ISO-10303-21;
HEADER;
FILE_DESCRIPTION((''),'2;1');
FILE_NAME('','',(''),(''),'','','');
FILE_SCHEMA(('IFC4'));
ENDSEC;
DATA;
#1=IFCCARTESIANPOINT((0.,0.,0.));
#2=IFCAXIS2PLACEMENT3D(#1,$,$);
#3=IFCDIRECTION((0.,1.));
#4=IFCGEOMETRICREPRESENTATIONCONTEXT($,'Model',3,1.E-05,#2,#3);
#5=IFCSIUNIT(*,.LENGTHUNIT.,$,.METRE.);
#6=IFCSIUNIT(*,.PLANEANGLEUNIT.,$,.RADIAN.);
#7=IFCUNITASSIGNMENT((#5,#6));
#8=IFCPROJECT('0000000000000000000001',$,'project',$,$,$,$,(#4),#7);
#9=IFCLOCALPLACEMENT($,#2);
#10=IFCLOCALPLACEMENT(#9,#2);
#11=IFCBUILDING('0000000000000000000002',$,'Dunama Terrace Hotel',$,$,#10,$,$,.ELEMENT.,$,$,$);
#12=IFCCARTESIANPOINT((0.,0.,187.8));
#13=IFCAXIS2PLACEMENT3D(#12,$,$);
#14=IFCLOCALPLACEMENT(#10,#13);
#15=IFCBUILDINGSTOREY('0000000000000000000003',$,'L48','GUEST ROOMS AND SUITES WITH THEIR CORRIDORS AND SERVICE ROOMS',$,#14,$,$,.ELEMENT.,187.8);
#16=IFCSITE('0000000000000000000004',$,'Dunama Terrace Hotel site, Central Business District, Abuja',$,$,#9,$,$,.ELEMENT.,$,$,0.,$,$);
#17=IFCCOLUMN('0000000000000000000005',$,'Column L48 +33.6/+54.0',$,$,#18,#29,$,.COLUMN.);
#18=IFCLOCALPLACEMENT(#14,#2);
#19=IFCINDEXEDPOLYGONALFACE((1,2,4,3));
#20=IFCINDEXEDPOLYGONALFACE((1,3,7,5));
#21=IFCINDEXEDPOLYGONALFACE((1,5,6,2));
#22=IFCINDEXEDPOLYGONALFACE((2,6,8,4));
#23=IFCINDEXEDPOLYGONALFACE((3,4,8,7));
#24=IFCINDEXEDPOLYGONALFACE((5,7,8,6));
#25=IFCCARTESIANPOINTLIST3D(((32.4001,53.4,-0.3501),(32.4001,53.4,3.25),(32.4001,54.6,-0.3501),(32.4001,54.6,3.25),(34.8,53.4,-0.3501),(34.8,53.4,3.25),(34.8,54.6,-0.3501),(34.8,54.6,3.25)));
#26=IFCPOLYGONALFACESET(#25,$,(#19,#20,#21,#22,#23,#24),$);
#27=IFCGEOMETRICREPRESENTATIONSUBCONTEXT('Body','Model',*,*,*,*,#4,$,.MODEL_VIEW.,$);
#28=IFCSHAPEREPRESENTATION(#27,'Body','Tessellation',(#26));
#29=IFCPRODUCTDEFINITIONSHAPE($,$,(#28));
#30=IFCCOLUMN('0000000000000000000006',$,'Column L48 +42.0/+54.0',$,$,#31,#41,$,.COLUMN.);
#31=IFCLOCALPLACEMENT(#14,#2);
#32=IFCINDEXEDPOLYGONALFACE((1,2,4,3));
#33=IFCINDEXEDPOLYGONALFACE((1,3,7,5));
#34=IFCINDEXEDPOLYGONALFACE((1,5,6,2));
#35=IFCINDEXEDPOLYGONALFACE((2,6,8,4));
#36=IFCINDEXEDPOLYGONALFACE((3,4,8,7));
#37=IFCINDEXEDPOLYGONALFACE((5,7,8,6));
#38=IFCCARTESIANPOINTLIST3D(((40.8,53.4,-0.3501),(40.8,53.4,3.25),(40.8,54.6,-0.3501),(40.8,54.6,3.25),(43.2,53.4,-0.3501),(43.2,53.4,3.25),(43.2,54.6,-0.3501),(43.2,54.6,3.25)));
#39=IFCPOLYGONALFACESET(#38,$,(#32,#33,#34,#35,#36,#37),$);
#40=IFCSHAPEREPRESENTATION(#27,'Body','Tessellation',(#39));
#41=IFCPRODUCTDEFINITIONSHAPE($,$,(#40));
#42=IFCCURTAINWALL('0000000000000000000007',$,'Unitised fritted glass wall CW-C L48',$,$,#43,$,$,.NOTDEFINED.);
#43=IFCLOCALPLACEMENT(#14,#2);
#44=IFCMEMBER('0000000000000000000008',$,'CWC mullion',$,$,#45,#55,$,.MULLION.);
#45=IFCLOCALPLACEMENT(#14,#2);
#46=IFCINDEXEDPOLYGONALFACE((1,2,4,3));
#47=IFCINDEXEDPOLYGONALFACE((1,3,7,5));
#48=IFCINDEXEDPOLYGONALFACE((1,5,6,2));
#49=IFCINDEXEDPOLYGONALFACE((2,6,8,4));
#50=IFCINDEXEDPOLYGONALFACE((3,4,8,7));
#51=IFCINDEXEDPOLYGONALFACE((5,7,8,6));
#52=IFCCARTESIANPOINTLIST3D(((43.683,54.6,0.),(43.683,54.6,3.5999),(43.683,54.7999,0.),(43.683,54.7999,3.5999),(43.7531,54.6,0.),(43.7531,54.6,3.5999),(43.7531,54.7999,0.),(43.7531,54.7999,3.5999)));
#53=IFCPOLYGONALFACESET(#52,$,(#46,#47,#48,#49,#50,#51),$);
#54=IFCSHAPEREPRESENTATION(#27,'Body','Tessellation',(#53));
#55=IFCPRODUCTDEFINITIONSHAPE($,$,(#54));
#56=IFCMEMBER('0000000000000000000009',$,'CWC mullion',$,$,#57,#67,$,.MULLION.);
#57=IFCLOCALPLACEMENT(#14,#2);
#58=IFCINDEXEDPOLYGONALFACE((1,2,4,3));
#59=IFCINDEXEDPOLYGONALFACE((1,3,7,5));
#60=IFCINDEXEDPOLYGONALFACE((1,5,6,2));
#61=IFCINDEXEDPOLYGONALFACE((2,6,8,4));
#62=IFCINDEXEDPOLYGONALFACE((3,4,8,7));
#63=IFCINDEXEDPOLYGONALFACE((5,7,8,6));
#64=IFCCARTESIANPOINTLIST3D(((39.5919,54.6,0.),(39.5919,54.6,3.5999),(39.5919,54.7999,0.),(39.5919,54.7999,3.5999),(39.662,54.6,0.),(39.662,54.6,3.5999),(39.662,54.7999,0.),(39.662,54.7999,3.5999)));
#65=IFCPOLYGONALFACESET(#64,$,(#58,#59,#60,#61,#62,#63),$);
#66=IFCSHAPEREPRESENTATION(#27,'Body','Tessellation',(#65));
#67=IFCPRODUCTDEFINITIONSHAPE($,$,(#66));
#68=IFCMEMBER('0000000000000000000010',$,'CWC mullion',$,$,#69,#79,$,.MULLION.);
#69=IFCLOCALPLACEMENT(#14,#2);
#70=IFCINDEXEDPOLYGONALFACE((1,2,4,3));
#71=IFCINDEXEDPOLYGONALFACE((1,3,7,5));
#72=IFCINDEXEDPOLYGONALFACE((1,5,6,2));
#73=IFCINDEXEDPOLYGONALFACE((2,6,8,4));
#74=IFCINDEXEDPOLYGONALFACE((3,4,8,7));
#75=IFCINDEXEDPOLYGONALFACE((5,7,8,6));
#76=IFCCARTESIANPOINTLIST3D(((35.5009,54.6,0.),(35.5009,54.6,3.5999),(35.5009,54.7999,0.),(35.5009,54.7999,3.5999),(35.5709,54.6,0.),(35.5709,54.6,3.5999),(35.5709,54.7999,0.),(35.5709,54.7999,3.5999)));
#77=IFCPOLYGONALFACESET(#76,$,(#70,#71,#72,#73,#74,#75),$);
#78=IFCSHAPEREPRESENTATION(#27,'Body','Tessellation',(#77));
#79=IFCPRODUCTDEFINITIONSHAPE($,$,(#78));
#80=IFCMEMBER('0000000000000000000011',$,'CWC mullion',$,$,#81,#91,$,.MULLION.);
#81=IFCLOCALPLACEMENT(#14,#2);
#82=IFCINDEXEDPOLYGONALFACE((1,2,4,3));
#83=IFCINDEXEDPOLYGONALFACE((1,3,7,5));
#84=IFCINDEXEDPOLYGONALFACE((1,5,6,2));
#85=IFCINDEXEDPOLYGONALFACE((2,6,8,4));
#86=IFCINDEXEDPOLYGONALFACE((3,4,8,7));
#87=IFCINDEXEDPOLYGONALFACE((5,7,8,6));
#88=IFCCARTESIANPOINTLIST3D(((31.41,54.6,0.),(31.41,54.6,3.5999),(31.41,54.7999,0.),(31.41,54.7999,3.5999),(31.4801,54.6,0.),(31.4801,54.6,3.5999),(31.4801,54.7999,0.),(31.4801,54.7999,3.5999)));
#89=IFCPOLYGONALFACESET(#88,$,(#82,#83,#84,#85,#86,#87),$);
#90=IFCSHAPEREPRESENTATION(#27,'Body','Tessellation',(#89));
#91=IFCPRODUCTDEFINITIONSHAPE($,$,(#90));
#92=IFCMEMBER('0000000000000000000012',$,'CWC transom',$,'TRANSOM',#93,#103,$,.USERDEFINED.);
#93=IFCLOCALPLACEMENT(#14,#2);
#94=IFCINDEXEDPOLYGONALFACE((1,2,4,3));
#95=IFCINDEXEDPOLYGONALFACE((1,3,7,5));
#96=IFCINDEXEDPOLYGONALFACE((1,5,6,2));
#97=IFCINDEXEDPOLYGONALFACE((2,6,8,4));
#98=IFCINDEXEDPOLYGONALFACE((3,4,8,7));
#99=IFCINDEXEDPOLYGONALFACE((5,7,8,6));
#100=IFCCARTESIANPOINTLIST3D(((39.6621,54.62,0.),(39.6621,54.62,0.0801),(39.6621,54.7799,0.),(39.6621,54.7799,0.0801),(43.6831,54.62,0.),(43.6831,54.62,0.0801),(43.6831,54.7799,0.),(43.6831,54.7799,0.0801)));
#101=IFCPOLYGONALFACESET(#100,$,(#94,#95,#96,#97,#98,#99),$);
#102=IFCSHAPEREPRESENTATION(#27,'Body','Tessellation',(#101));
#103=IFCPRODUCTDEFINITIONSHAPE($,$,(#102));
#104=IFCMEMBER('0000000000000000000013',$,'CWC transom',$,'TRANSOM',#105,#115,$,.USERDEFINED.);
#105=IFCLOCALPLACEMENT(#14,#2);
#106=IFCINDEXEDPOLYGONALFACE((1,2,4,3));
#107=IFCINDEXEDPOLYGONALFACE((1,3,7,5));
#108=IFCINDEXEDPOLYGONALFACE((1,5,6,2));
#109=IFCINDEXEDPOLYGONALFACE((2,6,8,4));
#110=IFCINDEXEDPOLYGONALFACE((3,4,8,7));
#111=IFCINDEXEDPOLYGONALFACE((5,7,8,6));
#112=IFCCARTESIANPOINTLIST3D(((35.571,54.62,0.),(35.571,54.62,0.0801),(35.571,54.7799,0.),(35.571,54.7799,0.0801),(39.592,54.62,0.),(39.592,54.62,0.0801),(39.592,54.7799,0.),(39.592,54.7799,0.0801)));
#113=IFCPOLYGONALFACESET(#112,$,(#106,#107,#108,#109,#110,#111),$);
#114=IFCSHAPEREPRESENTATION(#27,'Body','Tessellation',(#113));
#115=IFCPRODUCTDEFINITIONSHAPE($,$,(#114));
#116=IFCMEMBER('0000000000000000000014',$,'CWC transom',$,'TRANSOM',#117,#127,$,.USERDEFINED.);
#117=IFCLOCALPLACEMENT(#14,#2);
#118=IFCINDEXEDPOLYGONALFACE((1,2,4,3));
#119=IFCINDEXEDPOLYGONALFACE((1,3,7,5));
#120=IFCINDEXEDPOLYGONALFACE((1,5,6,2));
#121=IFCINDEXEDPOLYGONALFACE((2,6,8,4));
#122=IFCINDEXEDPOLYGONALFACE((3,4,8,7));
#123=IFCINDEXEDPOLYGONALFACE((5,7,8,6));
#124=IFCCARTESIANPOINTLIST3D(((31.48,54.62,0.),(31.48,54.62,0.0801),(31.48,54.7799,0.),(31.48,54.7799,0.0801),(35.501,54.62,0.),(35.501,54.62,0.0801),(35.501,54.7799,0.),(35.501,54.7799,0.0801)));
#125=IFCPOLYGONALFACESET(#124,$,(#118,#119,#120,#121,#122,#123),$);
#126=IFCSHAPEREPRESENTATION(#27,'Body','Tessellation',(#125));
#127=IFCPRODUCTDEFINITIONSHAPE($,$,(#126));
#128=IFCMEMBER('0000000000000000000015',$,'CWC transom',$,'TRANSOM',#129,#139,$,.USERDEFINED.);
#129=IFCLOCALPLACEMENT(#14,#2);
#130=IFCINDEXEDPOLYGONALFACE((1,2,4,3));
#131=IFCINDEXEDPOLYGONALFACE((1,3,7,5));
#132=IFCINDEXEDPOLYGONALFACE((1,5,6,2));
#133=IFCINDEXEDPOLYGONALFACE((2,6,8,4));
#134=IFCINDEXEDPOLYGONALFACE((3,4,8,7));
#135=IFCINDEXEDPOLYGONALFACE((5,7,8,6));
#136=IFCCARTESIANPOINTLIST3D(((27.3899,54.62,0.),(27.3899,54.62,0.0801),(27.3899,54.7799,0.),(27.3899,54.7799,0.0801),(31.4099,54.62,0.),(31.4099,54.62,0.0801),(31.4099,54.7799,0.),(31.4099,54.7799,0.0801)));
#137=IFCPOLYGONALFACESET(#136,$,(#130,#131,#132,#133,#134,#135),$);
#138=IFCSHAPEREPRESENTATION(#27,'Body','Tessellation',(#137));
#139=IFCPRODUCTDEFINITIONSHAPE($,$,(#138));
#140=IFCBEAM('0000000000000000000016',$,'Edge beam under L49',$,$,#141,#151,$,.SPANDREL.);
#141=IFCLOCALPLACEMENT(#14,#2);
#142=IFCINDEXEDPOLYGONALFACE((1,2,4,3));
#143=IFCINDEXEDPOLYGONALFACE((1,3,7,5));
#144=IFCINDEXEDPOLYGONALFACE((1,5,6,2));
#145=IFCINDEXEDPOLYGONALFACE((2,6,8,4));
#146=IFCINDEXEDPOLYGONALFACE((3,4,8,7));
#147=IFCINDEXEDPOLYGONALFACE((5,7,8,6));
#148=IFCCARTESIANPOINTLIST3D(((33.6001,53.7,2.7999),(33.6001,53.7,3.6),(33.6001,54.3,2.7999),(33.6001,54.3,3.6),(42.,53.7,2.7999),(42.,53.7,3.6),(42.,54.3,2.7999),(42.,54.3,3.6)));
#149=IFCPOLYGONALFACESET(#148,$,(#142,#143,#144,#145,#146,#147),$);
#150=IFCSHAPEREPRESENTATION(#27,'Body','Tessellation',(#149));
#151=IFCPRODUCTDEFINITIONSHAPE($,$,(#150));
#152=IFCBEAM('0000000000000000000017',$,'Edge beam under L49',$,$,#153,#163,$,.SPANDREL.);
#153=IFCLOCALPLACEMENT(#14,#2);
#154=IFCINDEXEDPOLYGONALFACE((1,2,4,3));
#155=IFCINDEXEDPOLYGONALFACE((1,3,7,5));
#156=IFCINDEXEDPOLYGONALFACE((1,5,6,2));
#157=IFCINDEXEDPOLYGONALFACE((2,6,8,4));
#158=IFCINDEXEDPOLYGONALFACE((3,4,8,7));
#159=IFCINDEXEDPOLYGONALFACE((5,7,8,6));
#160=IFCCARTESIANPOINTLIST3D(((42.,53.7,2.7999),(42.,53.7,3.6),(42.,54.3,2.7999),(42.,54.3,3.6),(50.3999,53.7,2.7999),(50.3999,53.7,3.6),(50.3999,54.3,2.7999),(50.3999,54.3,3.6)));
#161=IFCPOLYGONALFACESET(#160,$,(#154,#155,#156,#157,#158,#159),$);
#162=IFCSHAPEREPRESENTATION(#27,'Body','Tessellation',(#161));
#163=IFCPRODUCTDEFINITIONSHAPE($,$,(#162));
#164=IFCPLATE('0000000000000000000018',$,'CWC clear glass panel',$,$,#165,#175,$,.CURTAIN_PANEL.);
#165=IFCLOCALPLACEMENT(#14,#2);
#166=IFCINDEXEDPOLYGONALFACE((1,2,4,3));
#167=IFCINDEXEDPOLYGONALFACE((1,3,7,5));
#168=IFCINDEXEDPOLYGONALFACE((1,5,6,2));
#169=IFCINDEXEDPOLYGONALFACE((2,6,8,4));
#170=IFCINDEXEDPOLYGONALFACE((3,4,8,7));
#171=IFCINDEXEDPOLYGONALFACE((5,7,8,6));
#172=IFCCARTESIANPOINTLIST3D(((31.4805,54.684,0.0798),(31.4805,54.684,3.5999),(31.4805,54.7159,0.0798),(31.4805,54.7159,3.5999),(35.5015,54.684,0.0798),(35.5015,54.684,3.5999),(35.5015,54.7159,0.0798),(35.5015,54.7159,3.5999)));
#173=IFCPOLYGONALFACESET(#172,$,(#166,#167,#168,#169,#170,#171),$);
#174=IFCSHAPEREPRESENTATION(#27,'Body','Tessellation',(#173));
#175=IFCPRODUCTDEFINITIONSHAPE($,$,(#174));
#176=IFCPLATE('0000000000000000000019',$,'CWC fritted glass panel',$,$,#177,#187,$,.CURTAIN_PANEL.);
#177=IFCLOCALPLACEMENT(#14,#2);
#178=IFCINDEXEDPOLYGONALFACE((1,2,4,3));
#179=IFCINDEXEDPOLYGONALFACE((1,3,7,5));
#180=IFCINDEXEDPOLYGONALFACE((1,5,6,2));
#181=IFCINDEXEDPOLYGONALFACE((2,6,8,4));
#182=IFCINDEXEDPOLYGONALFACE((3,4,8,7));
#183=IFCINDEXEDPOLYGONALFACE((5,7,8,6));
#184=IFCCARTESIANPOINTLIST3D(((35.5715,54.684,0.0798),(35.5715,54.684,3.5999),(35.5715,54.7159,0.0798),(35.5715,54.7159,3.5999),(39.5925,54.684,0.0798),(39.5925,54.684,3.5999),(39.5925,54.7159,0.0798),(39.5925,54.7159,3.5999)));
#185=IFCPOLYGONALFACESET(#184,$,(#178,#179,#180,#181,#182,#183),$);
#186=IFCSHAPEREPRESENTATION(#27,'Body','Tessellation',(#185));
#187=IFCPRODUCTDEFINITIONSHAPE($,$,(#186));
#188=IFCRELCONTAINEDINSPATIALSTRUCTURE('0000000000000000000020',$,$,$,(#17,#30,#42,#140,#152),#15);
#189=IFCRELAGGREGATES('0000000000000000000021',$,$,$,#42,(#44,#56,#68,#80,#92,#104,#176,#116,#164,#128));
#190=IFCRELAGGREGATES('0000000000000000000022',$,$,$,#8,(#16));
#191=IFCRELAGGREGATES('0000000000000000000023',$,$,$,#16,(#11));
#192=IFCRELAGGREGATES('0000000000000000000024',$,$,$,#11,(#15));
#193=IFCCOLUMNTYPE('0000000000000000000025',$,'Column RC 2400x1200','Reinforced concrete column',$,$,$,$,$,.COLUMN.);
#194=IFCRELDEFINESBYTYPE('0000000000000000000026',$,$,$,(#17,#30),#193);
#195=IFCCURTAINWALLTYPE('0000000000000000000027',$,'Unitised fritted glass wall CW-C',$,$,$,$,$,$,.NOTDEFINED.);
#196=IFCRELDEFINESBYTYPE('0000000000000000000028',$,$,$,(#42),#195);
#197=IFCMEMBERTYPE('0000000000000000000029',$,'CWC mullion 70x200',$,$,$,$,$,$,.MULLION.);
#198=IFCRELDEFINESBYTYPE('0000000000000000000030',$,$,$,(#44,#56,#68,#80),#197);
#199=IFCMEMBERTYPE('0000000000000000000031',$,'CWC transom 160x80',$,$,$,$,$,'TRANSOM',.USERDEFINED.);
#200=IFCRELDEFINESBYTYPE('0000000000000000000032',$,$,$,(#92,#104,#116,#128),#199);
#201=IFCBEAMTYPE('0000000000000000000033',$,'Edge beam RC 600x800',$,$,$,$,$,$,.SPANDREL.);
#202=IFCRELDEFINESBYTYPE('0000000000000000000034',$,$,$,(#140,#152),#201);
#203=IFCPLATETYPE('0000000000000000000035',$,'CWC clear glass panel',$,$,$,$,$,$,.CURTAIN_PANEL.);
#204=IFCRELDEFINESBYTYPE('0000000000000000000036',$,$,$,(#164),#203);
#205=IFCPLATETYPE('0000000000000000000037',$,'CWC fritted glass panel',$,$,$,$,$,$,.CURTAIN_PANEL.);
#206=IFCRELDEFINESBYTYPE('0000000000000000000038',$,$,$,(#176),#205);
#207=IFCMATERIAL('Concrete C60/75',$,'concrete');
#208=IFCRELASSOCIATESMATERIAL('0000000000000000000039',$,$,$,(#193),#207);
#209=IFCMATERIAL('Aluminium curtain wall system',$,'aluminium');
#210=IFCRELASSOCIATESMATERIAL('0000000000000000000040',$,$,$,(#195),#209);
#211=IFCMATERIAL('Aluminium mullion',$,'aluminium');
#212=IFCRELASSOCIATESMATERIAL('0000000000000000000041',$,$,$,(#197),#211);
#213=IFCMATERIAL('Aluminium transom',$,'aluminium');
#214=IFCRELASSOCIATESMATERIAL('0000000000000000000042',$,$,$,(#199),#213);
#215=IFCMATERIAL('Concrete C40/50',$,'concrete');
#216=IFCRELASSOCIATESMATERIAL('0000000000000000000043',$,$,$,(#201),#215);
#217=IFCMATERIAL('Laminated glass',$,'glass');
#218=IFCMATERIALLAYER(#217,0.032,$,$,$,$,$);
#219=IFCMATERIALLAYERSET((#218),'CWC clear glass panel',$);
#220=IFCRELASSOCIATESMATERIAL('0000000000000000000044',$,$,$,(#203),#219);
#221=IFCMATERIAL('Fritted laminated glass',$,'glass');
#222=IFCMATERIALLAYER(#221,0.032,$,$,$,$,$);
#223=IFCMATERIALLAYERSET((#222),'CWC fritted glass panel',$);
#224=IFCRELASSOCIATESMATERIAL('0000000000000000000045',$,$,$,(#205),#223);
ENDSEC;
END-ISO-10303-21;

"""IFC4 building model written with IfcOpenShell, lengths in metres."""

from ifc_helpers import new_model, si_unit, direction, frame, origin, origin_2d, place, context, subcontext, project, spatial, rectangle, extrude, material, layer, layer_set, material_profile, profile_set, type_object, element, aggregate, save


model = new_model("IFC4")

# Units and contexts
model_context = context("Model", 3, precision=1e-05, world=origin(), true_north=direction((0.0, 1.0)))
body_context = subcontext(model_context, "Body", "Model", "MODEL_VIEW")
ifc_project = project(units=[si_unit("LENGTHUNIT", "METRE"), si_unit("PLANEANGLEUNIT", "RADIAN")], contexts=[model_context])

# Site, building, storey
site_placement = place(None, origin())
site = spatial("IfcSite", under=ifc_project, at=site_placement, Name="Dunama Terrace Hotel site, Central Business District, Abuja", CompositionType="ELEMENT", RefElevation=0.0)
building_placement = place(site_placement, origin())
building = spatial("IfcBuilding", under=site, at=building_placement, Name="Dunama Terrace Hotel", CompositionType="ELEMENT")
storey_placement = place(building_placement, frame((0.0, 0.0, 187.8)))
storey = spatial("IfcBuildingStorey", under=building, at=storey_placement, Name="L48", Description="GUEST ROOMS AND SUITES WITH THEIR CORRIDORS AND SERVICE ROOMS", CompositionType="ELEMENT", Elevation=187.8)

# Columns
ifc_material_1 = material(Name="Concrete C60/75", Category="concrete")
ifc_material_profile_1 = material_profile(ifc_material_1, rectangle(XDim=2.3999, YDim=1.2, at=origin_2d()), Name="RC 2400x1200")
ifc_profile_set_1 = profile_set([ifc_material_profile_1], Name="Concrete C60/75")
column_type = type_object("IfcColumnType", Name="Column RC 2400x1200", Description="Reinforced concrete column", PredefinedType="COLUMN", material=ifc_profile_set_1)
for number, where, z_axis, x_axis, name in (
    (1, (33.6001, 54.0, -0.3501), (0.0, 0.0, 1.0), (1.0, 0.0, 0.0), "Column L48 +33.6/+54.0"),
    (2, (42.0, 54.0, -0.3501), (0.0, 0.0, 1.0), (1.0, 0.0, 0.0), "Column L48 +42.0/+54.0"),
):
    element("IfcColumn", number, at=place(storey_placement, frame(where, z_axis=z_axis, x_axis=x_axis)), inside=storey, type_object=column_type, Name=name, PredefinedType="COLUMN", context=body_context, shape_type="SweptSolid", body=[
        extrude(rectangle(XDim=2.3999, YDim=1.2, at=origin_2d()), origin(), (0.0, 0.0, 1.0), 3.6001),
    ])

# Curtain wall, members
ifc_material_2 = material(Name="Aluminium curtain wall system", Category="aluminium")
curtain_wall_type = type_object("IfcCurtainWallType", Name="Unitised fritted glass wall CW-C", PredefinedType="NOTDEFINED", material=ifc_material_2)
curtain_wall_placement = place(storey_placement, origin())
curtain_wall = element("IfcCurtainWall", 3, at=curtain_wall_placement, inside=storey, type_object=curtain_wall_type, Name="Unitised fritted glass wall CW-C L48", PredefinedType="NOTDEFINED")
ifc_material_3 = material(Name="Aluminium mullion", Category="aluminium")
ifc_material_profile_2 = material_profile(ifc_material_3, rectangle(XDim=0.0701, YDim=0.2, at=origin_2d()), Name="CWC MULLION 70X200")
ifc_profile_set_2 = profile_set([ifc_material_profile_2], Name="Aluminium mullion")
member_type_1 = type_object("IfcMemberType", Name="CWC mullion 70x200", PredefinedType="MULLION", material=ifc_profile_set_2)
member_1_placement = place(storey_placement, frame((43.718, 54.7, 0.0), z_axis=(0.0, 0.0, 1.0), x_axis=(-1.0, 0.0, 0.0)))
member_1 = element("IfcMember", 4, at=member_1_placement, type_object=member_type_1, Name="CWC mullion", PredefinedType="MULLION", context=body_context, shape_type="SweptSolid", body=[
    extrude(rectangle(XDim=0.0701, YDim=0.2, at=origin_2d()), origin(), (0.0, 0.0, 1.0), 3.5999),
])
member_2_placement = place(storey_placement, frame((39.627, 54.7, 0.0), z_axis=(0.0, 0.0, 1.0), x_axis=(-1.0, 0.0, 0.0)))
member_2 = element("IfcMember", 5, at=member_2_placement, type_object=member_type_1, Name="CWC mullion", PredefinedType="MULLION", context=body_context, shape_type="SweptSolid", body=[
    extrude(rectangle(XDim=0.0701, YDim=0.2, at=origin_2d()), origin(), (0.0, 0.0, 1.0), 3.5999),
])
member_3_placement = place(storey_placement, frame((35.5359, 54.7, 0.0), z_axis=(0.0, 0.0, 1.0), x_axis=(-1.0, 0.0, 0.0)))
member_3 = element("IfcMember", 6, at=member_3_placement, type_object=member_type_1, Name="CWC mullion", PredefinedType="MULLION", context=body_context, shape_type="SweptSolid", body=[
    extrude(rectangle(XDim=0.0701, YDim=0.2, at=origin_2d()), origin(), (0.0, 0.0, 1.0), 3.5999),
])
member_4_placement = place(storey_placement, frame((31.4451, 54.7, 0.0), z_axis=(0.0, 0.0, 1.0), x_axis=(-1.0, 0.0, 0.0)))
member_4 = element("IfcMember", 7, at=member_4_placement, type_object=member_type_1, Name="CWC mullion", PredefinedType="MULLION", context=body_context, shape_type="SweptSolid", body=[
    extrude(rectangle(XDim=0.0701, YDim=0.2, at=origin_2d()), origin(), (0.0, 0.0, 1.0), 3.5999),
])
ifc_material_4 = material(Name="Aluminium transom", Category="aluminium")
ifc_material_profile_3 = material_profile(ifc_material_4, rectangle(XDim=0.1599, YDim=0.0801, at=origin_2d()), Name="CWC TRANSOM 160X80")
ifc_profile_set_3 = profile_set([ifc_material_profile_3], Name="Aluminium transom")
member_type_2 = type_object("IfcMemberType", Name="CWC transom 160x80", ElementType="TRANSOM", PredefinedType="USERDEFINED", material=ifc_profile_set_3)
member_5_placement = place(storey_placement, frame((43.6831, 54.7, 0.04), z_axis=(-1.0, 0.0, 0.0), x_axis=(0.0, -1.0, 0.0)))
member_5 = element("IfcMember", 8, at=member_5_placement, type_object=member_type_2, Name="CWC transom", ObjectType="TRANSOM", PredefinedType="USERDEFINED", context=body_context, shape_type="SweptSolid", body=[
    extrude(rectangle(XDim=0.1599, YDim=0.0801, at=origin_2d()), origin(), (0.0, 0.0, 1.0), 4.021),
])
member_6_placement = place(storey_placement, frame((39.592, 54.7, 0.04), z_axis=(-1.0, 0.0, 0.0), x_axis=(0.0, -1.0, 0.0)))
member_6 = element("IfcMember", 9, at=member_6_placement, type_object=member_type_2, Name="CWC transom", ObjectType="TRANSOM", PredefinedType="USERDEFINED", context=body_context, shape_type="SweptSolid", body=[
    extrude(rectangle(XDim=0.1599, YDim=0.0801, at=origin_2d()), origin(), (0.0, 0.0, 1.0), 4.021),
])
member_7_placement = place(storey_placement, frame((35.501, 54.7, 0.04), z_axis=(-1.0, 0.0, 0.0), x_axis=(0.0, -1.0, 0.0)))
member_7 = element("IfcMember", 10, at=member_7_placement, type_object=member_type_2, Name="CWC transom", ObjectType="TRANSOM", PredefinedType="USERDEFINED", context=body_context, shape_type="SweptSolid", body=[
    extrude(rectangle(XDim=0.1599, YDim=0.0801, at=origin_2d()), origin(), (0.0, 0.0, 1.0), 4.021),
])
member_8_placement = place(storey_placement, frame((31.4099, 54.7, 0.04), z_axis=(-1.0, 0.0, 0.0), x_axis=(0.0, -1.0, 0.0)))
member_8 = element("IfcMember", 11, at=member_8_placement, type_object=member_type_2, Name="CWC transom", ObjectType="TRANSOM", PredefinedType="USERDEFINED", context=body_context, shape_type="SweptSolid", body=[
    extrude(rectangle(XDim=0.1599, YDim=0.0801, at=origin_2d()), origin(), (0.0, 0.0, 1.0), 4.02),
])

# Beams
ifc_material_5 = material(Name="Concrete C40/50", Category="concrete")
ifc_material_profile_4 = material_profile(ifc_material_5, rectangle(XDim=0.6001, YDim=0.8, at=origin_2d()), Name="RC 600x800")
ifc_profile_set_4 = profile_set([ifc_material_profile_4], Name="Concrete C40/50")
beam_type = type_object("IfcBeamType", Name="Edge beam RC 600x800", PredefinedType="SPANDREL", material=ifc_profile_set_4)
for number, where, z_axis, x_axis, name in (
    (12, (33.6001, 54.0, 3.2), (1.0, 0.0, 0.0), (0.0, 1.0, 0.0), "Edge beam under L49"),
    (13, (42.0, 54.0, 3.2), (1.0, 0.0, 0.0), (0.0, 1.0, 0.0), "Edge beam under L49"),
):
    element("IfcBeam", number, at=place(storey_placement, frame(where, z_axis=z_axis, x_axis=x_axis)), inside=storey, type_object=beam_type, Name=name, PredefinedType="SPANDREL", context=body_context, shape_type="SweptSolid", body=[
        extrude(rectangle(XDim=0.6001, YDim=0.8, at=origin_2d()), origin(), (0.0, 0.0, 1.0), 8.3999),
    ])

# Plates
ifc_material_6 = material(Name="Laminated glass", Category="glass")
ifc_layer_1 = layer(ifc_material_6, 0.032)
ifc_layer_set_1 = layer_set([ifc_layer_1], Name="CWC clear glass panel")
plate_type_1 = type_object("IfcPlateType", Name="CWC clear glass panel", PredefinedType="CURTAIN_PANEL", material=ifc_layer_set_1)
plate_1_placement = place(storey_placement, frame((33.491, 54.7, 0.0798), z_axis=(0.0, 0.0, 1.0), x_axis=(-1.0, 0.0, 0.0)))
plate_1 = element("IfcPlate", 14, at=plate_1_placement, type_object=plate_type_1, Name="CWC clear glass panel", PredefinedType="CURTAIN_PANEL", context=body_context, shape_type="SweptSolid", body=[
    extrude(rectangle(XDim=4.021, YDim=0.032, at=origin_2d()), origin(), (0.0, 0.0, 1.0), 3.52),
])
ifc_material_7 = material(Name="Fritted laminated glass", Category="glass")
ifc_layer_2 = layer(ifc_material_7, 0.032)
ifc_layer_set_2 = layer_set([ifc_layer_2], Name="CWC fritted glass panel")
plate_type_2 = type_object("IfcPlateType", Name="CWC fritted glass panel", PredefinedType="CURTAIN_PANEL", material=ifc_layer_set_2)
plate_2_placement = place(storey_placement, frame((37.582, 54.7, 0.0798), z_axis=(0.0, 0.0, 1.0), x_axis=(-1.0, 0.0, 0.0)))
plate_2 = element("IfcPlate", 15, at=plate_2_placement, type_object=plate_type_2, Name="CWC fritted glass panel", PredefinedType="CURTAIN_PANEL", context=body_context, shape_type="SweptSolid", body=[
    extrude(rectangle(XDim=4.021, YDim=0.032, at=origin_2d()), origin(), (0.0, 0.0, 1.0), 3.52),
])
aggregate(curtain_wall, [member_1, member_2, member_3, member_4, member_5, member_6, plate_2, member_7, plate_1, member_8])

save(model, "model.ifc")
